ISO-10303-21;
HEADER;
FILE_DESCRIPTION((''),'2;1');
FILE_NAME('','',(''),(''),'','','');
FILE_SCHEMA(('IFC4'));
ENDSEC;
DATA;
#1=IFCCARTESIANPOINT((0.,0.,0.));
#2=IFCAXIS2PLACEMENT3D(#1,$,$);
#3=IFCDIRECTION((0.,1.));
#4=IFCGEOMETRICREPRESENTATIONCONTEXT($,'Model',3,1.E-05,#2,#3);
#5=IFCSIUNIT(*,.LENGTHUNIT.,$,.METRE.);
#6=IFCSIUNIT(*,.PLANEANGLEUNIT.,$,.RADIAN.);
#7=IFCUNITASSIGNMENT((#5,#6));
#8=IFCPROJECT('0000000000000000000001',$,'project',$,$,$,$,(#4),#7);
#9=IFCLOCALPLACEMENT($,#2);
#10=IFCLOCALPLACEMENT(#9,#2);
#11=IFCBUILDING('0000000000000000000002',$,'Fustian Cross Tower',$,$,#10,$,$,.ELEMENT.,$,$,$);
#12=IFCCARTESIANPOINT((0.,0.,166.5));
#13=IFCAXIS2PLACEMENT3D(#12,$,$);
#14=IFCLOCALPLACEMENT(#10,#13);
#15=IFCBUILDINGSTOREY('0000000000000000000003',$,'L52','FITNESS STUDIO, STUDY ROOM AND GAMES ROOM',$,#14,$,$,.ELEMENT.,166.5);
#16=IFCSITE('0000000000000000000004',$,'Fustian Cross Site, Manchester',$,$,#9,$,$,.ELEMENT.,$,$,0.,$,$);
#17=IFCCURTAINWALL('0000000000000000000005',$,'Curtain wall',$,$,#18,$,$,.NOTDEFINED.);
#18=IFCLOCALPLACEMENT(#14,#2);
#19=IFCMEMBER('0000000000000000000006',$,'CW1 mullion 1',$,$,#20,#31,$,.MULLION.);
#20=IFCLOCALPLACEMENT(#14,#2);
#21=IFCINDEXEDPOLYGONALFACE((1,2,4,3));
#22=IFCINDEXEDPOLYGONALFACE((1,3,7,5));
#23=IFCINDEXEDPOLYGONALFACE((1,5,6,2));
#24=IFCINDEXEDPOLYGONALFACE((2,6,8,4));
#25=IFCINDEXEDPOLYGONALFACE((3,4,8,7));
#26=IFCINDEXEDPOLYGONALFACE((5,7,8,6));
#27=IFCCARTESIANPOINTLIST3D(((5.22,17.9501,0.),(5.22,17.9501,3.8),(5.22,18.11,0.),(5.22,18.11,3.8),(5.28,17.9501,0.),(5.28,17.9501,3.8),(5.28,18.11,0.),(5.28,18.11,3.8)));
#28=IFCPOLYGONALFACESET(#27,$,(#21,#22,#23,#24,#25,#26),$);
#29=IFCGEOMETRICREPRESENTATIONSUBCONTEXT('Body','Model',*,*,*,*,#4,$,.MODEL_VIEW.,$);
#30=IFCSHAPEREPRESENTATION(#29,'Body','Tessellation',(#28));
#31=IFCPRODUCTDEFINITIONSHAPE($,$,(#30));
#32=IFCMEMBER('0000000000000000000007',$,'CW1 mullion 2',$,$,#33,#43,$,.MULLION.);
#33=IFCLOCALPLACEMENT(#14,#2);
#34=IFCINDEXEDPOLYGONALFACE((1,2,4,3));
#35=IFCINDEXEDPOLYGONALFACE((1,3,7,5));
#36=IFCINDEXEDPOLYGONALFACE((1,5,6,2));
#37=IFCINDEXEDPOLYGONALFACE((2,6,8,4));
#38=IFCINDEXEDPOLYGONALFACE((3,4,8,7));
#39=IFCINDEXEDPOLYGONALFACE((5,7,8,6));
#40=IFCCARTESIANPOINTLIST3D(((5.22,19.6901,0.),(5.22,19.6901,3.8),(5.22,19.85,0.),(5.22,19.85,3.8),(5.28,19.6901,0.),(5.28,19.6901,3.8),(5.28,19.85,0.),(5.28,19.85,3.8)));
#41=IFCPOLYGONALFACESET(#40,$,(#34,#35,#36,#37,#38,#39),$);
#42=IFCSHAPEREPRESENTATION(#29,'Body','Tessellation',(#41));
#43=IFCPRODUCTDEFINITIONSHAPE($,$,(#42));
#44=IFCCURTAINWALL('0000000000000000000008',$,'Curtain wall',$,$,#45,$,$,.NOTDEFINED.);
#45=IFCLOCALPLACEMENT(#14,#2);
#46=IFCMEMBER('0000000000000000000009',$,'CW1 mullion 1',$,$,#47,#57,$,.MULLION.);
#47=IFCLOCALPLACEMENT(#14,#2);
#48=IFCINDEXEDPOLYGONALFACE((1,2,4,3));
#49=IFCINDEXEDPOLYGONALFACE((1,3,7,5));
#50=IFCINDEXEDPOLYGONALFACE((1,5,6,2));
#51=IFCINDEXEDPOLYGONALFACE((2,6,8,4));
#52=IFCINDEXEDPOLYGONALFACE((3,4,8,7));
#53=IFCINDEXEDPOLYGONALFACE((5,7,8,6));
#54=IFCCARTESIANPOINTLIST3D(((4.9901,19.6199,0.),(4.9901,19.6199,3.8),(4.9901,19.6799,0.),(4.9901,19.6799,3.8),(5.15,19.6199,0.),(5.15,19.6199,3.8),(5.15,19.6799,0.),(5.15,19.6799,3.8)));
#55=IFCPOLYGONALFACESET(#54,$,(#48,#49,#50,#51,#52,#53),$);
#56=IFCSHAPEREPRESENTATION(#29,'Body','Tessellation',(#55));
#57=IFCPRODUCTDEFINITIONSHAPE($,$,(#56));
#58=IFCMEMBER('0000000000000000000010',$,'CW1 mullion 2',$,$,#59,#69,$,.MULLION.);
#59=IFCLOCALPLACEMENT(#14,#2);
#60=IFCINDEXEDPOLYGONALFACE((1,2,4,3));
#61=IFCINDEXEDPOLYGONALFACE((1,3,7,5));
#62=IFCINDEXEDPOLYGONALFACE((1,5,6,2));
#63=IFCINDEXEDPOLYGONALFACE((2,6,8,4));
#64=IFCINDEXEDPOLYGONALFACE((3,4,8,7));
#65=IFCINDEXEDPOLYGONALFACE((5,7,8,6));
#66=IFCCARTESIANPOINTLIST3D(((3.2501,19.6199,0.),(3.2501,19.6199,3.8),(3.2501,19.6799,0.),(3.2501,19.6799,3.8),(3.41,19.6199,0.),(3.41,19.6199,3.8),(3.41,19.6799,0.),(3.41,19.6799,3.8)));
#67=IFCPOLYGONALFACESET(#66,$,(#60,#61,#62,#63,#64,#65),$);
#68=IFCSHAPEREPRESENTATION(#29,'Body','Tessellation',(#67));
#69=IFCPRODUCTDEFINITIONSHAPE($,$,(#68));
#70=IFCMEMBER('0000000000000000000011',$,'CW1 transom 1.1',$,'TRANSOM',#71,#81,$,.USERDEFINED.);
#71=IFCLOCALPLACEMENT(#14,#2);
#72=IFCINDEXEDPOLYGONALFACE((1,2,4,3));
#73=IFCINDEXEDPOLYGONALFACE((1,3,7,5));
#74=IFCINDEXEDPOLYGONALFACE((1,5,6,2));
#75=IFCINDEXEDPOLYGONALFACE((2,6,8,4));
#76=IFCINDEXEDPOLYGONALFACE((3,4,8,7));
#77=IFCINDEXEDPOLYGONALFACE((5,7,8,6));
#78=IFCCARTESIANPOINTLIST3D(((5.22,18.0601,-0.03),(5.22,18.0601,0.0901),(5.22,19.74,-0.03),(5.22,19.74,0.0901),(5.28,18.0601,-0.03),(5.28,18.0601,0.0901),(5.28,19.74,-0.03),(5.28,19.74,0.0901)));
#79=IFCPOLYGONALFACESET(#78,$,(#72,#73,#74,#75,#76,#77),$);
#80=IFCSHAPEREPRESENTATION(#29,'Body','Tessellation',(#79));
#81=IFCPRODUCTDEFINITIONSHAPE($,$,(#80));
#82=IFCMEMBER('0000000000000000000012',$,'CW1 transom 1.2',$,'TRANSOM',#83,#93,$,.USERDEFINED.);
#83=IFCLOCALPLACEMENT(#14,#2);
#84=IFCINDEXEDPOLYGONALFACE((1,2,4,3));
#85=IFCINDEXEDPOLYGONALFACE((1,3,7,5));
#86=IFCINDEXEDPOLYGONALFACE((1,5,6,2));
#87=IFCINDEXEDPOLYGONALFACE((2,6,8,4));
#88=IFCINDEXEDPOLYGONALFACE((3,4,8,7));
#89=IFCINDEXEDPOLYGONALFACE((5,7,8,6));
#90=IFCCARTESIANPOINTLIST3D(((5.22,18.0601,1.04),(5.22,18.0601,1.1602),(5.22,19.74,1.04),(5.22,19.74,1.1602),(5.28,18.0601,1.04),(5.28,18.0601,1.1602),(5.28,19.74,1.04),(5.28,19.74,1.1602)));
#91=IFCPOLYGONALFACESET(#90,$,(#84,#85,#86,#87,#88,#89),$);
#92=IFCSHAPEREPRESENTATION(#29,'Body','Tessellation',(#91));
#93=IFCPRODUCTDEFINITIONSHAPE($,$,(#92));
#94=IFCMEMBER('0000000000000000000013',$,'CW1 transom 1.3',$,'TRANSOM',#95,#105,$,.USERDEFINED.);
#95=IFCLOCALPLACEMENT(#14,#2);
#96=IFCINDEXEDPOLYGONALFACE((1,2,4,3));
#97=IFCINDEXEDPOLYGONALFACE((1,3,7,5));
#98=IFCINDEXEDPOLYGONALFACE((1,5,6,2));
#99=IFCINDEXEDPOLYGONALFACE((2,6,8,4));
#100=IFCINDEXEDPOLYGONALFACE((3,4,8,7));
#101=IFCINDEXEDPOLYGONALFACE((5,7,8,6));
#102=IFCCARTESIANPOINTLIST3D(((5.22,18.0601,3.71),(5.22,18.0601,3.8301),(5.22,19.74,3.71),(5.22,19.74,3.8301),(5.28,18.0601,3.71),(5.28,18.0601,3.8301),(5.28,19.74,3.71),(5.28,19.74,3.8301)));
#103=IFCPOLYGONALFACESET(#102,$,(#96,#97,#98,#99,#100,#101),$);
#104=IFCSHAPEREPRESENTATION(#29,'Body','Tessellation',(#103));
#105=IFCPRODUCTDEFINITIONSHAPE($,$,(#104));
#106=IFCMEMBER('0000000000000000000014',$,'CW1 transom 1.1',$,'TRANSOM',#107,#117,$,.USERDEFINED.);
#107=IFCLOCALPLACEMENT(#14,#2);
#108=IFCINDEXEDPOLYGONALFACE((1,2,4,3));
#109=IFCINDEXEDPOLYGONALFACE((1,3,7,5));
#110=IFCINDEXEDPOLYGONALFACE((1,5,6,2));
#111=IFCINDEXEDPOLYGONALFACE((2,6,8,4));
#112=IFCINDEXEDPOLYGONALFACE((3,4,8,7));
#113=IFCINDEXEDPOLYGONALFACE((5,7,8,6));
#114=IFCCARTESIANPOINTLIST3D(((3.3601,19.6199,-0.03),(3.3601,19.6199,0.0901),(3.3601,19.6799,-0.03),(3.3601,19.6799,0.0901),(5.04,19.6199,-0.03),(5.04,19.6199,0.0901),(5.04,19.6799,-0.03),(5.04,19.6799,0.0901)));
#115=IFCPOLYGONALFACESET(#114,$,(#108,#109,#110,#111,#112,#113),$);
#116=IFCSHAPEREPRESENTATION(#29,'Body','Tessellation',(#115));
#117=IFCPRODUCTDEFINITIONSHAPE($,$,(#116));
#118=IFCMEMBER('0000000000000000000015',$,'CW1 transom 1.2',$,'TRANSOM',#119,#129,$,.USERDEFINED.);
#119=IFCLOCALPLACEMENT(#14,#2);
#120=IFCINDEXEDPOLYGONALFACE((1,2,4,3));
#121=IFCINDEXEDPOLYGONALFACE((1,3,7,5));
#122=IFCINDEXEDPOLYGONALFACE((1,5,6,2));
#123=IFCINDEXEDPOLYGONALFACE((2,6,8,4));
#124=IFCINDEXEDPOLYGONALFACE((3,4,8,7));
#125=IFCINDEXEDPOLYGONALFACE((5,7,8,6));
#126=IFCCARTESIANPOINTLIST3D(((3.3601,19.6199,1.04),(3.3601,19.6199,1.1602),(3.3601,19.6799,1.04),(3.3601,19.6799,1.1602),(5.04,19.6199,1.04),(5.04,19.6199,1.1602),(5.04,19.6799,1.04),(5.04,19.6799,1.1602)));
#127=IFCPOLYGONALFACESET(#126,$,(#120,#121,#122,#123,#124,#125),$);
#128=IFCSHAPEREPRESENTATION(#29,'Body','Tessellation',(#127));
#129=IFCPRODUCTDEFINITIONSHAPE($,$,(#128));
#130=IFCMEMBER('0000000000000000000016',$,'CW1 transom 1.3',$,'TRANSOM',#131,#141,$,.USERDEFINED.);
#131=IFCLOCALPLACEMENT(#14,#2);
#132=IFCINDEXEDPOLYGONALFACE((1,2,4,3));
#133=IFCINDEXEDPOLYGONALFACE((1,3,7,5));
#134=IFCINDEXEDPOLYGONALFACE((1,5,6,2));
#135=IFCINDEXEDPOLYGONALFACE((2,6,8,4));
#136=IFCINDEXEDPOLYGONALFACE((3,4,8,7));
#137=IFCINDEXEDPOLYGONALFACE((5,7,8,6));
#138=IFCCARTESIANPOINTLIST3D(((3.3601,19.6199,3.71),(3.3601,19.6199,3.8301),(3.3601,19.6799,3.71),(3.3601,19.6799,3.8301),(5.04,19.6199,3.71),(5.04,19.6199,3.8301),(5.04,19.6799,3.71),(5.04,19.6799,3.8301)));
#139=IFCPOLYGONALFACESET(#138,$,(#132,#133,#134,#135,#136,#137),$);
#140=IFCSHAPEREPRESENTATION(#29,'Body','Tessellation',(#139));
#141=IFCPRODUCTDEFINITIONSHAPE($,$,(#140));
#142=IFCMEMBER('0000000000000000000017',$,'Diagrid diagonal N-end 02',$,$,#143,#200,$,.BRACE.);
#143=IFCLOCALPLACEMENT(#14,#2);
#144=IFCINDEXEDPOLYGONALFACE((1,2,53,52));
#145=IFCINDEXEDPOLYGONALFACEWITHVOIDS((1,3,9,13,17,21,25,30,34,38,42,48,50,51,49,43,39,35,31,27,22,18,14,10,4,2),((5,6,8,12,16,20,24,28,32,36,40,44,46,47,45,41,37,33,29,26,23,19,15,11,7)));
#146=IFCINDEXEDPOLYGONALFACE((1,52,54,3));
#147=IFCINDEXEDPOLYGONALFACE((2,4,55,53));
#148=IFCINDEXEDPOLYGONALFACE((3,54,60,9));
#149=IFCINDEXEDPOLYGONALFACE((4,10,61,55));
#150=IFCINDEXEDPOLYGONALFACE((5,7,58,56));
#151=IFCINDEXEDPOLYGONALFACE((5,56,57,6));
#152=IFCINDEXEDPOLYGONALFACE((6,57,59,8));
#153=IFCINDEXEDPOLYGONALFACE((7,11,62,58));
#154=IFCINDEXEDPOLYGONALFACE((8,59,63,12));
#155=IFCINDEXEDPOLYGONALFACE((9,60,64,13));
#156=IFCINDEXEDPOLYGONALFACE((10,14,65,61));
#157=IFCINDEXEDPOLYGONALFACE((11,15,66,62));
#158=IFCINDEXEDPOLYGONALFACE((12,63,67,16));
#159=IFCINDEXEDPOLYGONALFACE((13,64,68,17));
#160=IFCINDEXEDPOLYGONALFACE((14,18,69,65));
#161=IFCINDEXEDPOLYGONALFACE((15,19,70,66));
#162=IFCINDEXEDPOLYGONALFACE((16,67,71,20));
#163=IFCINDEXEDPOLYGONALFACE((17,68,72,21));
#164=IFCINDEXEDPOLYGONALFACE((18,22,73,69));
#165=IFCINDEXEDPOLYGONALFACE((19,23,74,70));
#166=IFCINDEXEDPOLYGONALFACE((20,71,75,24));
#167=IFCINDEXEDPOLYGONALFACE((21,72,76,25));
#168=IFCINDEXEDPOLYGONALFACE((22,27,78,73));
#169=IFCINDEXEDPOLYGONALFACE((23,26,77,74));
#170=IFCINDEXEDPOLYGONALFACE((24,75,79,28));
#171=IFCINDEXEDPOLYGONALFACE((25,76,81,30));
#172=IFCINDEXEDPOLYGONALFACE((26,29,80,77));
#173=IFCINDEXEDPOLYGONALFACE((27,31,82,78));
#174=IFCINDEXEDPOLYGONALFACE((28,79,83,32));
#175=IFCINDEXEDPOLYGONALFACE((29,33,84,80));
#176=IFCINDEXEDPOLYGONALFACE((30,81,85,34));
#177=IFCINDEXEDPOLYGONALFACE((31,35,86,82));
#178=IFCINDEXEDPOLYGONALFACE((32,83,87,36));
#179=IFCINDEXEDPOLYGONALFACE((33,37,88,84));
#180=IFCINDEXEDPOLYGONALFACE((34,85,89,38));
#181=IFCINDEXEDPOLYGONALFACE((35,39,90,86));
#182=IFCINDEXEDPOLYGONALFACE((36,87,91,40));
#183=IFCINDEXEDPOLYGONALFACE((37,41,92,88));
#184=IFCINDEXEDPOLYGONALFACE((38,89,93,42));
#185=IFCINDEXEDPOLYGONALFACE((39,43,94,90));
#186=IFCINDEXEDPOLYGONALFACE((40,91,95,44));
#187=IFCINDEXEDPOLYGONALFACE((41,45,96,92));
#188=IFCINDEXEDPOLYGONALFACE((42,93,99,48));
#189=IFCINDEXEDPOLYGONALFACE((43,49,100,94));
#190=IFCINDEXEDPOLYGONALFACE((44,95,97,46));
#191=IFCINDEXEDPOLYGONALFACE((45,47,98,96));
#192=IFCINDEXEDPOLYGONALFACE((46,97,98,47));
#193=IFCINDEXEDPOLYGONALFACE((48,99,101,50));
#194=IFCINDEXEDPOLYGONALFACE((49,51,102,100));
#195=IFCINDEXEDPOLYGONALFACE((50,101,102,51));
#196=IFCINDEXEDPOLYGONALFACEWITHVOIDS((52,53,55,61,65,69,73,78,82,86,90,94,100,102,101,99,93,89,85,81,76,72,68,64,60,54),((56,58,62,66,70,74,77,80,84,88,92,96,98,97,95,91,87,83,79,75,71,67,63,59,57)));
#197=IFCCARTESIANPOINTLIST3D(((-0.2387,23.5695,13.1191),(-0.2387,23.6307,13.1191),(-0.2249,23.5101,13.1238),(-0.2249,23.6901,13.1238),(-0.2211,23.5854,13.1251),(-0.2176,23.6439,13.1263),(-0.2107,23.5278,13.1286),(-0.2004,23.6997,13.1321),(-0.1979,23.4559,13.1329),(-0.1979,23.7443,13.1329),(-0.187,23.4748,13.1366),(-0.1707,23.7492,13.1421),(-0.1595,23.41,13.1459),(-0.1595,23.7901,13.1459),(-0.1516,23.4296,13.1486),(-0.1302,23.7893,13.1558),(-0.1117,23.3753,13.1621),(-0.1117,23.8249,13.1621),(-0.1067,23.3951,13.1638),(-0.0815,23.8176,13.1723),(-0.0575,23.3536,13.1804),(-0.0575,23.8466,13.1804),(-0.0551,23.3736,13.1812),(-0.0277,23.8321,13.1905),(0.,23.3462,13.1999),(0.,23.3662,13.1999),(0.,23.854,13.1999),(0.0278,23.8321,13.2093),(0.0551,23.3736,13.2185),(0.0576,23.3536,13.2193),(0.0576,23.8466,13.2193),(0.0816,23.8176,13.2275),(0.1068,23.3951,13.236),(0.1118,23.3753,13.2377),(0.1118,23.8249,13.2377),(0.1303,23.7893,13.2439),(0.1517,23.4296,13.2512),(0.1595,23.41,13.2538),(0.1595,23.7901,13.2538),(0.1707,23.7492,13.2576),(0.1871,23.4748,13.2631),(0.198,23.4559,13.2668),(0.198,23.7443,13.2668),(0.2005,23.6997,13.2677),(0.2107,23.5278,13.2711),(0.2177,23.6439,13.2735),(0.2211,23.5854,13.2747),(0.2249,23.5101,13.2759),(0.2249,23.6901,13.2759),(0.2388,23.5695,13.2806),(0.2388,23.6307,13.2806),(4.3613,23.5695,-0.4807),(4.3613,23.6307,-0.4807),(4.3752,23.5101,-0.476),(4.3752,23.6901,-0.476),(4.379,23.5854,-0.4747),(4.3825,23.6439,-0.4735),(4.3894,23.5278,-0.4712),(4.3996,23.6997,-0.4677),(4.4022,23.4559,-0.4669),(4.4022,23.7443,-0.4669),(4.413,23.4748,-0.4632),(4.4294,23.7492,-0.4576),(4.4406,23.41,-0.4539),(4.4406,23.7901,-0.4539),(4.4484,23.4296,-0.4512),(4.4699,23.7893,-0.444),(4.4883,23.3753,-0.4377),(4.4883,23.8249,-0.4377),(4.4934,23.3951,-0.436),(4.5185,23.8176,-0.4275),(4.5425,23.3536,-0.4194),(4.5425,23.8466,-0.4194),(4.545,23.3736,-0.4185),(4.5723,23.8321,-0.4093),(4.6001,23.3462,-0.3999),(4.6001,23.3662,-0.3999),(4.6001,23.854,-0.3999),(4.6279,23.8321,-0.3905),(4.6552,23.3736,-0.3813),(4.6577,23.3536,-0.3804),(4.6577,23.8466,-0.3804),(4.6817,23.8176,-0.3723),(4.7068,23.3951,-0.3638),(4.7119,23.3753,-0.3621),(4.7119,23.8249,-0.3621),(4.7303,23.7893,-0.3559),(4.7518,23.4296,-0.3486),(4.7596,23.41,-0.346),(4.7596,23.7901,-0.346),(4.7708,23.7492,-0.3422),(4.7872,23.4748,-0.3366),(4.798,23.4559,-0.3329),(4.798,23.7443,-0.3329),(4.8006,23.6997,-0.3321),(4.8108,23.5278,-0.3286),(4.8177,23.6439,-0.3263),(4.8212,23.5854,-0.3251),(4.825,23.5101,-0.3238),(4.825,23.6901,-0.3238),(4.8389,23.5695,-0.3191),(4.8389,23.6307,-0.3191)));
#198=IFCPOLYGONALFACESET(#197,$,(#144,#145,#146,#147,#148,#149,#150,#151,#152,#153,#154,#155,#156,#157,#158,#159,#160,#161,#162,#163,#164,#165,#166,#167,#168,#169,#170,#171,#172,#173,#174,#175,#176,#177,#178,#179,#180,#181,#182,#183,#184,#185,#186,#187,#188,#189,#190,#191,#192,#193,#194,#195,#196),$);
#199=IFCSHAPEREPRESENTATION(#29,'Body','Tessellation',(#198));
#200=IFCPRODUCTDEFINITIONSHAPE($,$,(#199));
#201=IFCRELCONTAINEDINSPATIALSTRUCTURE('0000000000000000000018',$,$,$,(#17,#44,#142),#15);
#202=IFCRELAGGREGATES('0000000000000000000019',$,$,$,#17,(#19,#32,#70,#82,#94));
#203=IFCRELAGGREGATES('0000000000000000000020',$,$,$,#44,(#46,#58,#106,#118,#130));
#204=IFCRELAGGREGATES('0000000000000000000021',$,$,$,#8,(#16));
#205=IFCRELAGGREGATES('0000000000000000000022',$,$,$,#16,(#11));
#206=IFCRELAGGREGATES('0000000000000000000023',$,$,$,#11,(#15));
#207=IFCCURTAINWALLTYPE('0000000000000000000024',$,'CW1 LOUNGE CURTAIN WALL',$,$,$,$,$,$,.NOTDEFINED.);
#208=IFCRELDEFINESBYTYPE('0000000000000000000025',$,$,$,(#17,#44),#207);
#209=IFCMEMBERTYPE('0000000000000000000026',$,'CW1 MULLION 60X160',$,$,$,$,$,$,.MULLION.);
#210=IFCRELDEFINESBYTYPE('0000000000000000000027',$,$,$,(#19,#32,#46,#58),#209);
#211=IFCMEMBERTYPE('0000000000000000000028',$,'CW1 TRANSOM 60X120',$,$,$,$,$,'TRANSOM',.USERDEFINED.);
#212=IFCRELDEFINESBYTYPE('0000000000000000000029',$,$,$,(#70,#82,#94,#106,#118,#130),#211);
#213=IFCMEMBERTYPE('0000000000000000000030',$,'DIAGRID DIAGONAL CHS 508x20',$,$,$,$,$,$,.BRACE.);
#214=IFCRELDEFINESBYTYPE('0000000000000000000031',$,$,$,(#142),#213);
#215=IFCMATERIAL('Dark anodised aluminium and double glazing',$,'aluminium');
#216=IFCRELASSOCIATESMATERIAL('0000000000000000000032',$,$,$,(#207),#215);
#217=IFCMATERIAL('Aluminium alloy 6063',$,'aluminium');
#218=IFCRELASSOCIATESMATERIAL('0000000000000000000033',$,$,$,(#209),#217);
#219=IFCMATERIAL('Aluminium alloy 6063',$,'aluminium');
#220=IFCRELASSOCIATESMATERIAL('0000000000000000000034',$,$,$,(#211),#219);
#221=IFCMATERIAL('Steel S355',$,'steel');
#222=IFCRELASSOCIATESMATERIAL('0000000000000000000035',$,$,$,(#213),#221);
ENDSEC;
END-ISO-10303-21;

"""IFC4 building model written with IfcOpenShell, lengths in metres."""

from ifc_helpers import new_model, si_unit, direction, frame, origin, origin_2d, place, context, subcontext, project, spatial, rectangle, hollow_circle, extrude, material, material_profile, profile_set, type_object, element, aggregate, save


model = new_model("IFC4")

# Units and contexts
model_context = context("Model", 3, precision=1e-05, world=origin(), true_north=direction((0.0, 1.0)))
body_context = subcontext(model_context, "Body", "Model", "MODEL_VIEW")
ifc_project = project(units=[si_unit("LENGTHUNIT", "METRE"), si_unit("PLANEANGLEUNIT", "RADIAN")], contexts=[model_context])

# Site, building, storey
site_placement = place(None, origin())
site = spatial("IfcSite", under=ifc_project, at=site_placement, Name="Fustian Cross Site, Manchester", CompositionType="ELEMENT", RefElevation=0.0)
building_placement = place(site_placement, origin())
building = spatial("IfcBuilding", under=site, at=building_placement, Name="Fustian Cross Tower", CompositionType="ELEMENT")
storey_placement = place(building_placement, frame((0.0, 0.0, 166.5)))
storey = spatial("IfcBuildingStorey", under=building, at=storey_placement, Name="L52", Description="FITNESS STUDIO, STUDY ROOM AND GAMES ROOM", CompositionType="ELEMENT", Elevation=166.5)

# Curtain walls, members
ifc_material_1 = material(Name="Dark anodised aluminium and double glazing", Category="aluminium")
curtain_wall_type = type_object("IfcCurtainWallType", Name="CW1 LOUNGE CURTAIN WALL", PredefinedType="NOTDEFINED", material=ifc_material_1)
curtain_wall_1_placement = place(storey_placement, origin())
curtain_wall_1 = element("IfcCurtainWall", 1, at=curtain_wall_1_placement, inside=storey, type_object=curtain_wall_type, Name="Curtain wall", PredefinedType="NOTDEFINED")
ifc_material_2 = material(Name="Aluminium alloy 6063", Category="aluminium")
ifc_material_profile_1 = material_profile(ifc_material_2, rectangle(XDim=0.0601, YDim=0.1599, at=origin_2d()), Name="CW1 MULLION 60X160")
ifc_profile_set_1 = profile_set([ifc_material_profile_1], Name="Aluminium alloy 6063")
member_type_1 = type_object("IfcMemberType", Name="CW1 MULLION 60X160", PredefinedType="MULLION", material=ifc_profile_set_1)
member_1_placement = place(storey_placement, frame((5.25, 18.03, 0.0), z_axis=(0.0, 0.0, 1.0), x_axis=(-1.0, 0.0, 0.0)))
member_1 = element("IfcMember", 2, at=member_1_placement, type_object=member_type_1, Name="CW1 mullion 1", PredefinedType="MULLION", context=body_context, shape_type="SweptSolid", body=[
    extrude(rectangle(XDim=0.0601, YDim=0.1599, at=origin_2d()), origin(), (0.0, 0.0, 1.0), 3.8),
])
member_2_placement = place(storey_placement, frame((5.25, 19.77, 0.0), z_axis=(0.0, 0.0, 1.0), x_axis=(-1.0, 0.0, 0.0)))
member_2 = element("IfcMember", 3, at=member_2_placement, type_object=member_type_1, Name="CW1 mullion 2", PredefinedType="MULLION", context=body_context, shape_type="SweptSolid", body=[
    extrude(rectangle(XDim=0.0601, YDim=0.1599, at=origin_2d()), origin(), (0.0, 0.0, 1.0), 3.8),
])
curtain_wall_2_placement = place(storey_placement, origin())
curtain_wall_2 = element("IfcCurtainWall", 4, at=curtain_wall_2_placement, inside=storey, type_object=curtain_wall_type, Name="Curtain wall", PredefinedType="NOTDEFINED")
member_3_placement = place(storey_placement, frame((5.0701, 19.6499, 0.0), z_axis=(0.0, 0.0, 1.0), x_axis=(0.0, -1.0, 0.0)))
member_3 = element("IfcMember", 5, at=member_3_placement, type_object=member_type_1, Name="CW1 mullion 1", PredefinedType="MULLION", context=body_context, shape_type="SweptSolid", body=[
    extrude(rectangle(XDim=0.0601, YDim=0.1599, at=origin_2d()), origin(), (0.0, 0.0, 1.0), 3.8),
])
member_4_placement = place(storey_placement, frame((3.3301, 19.6499, 0.0), z_axis=(0.0, 0.0, 1.0), x_axis=(0.0, -1.0, 0.0)))
member_4 = element("IfcMember", 6, at=member_4_placement, type_object=member_type_1, Name="CW1 mullion 2", PredefinedType="MULLION", context=body_context, shape_type="SweptSolid", body=[
    extrude(rectangle(XDim=0.0601, YDim=0.1599, at=origin_2d()), origin(), (0.0, 0.0, 1.0), 3.8),
])

# Members
ifc_material_3 = material(Name="Aluminium alloy 6063", Category="aluminium")
ifc_material_profile_2 = material_profile(ifc_material_3, rectangle(XDim=0.0601, YDim=0.1201, at=origin_2d()), Name="CW1 TRANSOM 60X120")
ifc_profile_set_2 = profile_set([ifc_material_profile_2], Name="Aluminium alloy 6063")
member_type_2 = type_object("IfcMemberType", Name="CW1 TRANSOM 60X120", ElementType="TRANSOM", PredefinedType="USERDEFINED", material=ifc_profile_set_2)
member_5_placement = place(storey_placement, frame((5.25, 18.0601, 0.03), z_axis=(0.0, 1.0, 0.0), x_axis=(-1.0, 0.0, 0.0)))
member_5 = element("IfcMember", 7, at=member_5_placement, type_object=member_type_2, Name="CW1 transom 1.1", ObjectType="TRANSOM", PredefinedType="USERDEFINED", context=body_context, shape_type="SweptSolid", body=[
    extrude(rectangle(XDim=0.0601, YDim=0.1201, at=origin_2d()), origin(), (0.0, 0.0, 1.0), 1.6799),
])
member_6_placement = place(storey_placement, frame((5.25, 18.0601, 1.1001), z_axis=(0.0, 1.0, 0.0), x_axis=(-1.0, 0.0, 0.0)))
member_6 = element("IfcMember", 8, at=member_6_placement, type_object=member_type_2, Name="CW1 transom 1.2", ObjectType="TRANSOM", PredefinedType="USERDEFINED", context=body_context, shape_type="SweptSolid", body=[
    extrude(rectangle(XDim=0.0601, YDim=0.1201, at=origin_2d()), origin(), (0.0, 0.0, 1.0), 1.6799),
])
member_7_placement = place(storey_placement, frame((5.25, 18.0601, 3.77), z_axis=(0.0, 1.0, 0.0), x_axis=(-1.0, 0.0, 0.0)))
member_7 = element("IfcMember", 9, at=member_7_placement, type_object=member_type_2, Name="CW1 transom 1.3", ObjectType="TRANSOM", PredefinedType="USERDEFINED", context=body_context, shape_type="SweptSolid", body=[
    extrude(rectangle(XDim=0.0601, YDim=0.1201, at=origin_2d()), origin(), (0.0, 0.0, 1.0), 1.6799),
])
member_8_placement = place(storey_placement, frame((5.04, 19.6499, 0.03), z_axis=(-1.0, 0.0, 0.0), x_axis=(0.0, -1.0, 0.0)))
member_8 = element("IfcMember", 10, at=member_8_placement, type_object=member_type_2, Name="CW1 transom 1.1", ObjectType="TRANSOM", PredefinedType="USERDEFINED", context=body_context, shape_type="SweptSolid", body=[
    extrude(rectangle(XDim=0.0601, YDim=0.1201, at=origin_2d()), origin(), (0.0, 0.0, 1.0), 1.6799),
])
member_9_placement = place(storey_placement, frame((5.04, 19.6499, 1.1001), z_axis=(-1.0, 0.0, 0.0), x_axis=(0.0, -1.0, 0.0)))
member_9 = element("IfcMember", 11, at=member_9_placement, type_object=member_type_2, Name="CW1 transom 1.2", ObjectType="TRANSOM", PredefinedType="USERDEFINED", context=body_context, shape_type="SweptSolid", body=[
    extrude(rectangle(XDim=0.0601, YDim=0.1201, at=origin_2d()), origin(), (0.0, 0.0, 1.0), 1.6799),
])
member_10_placement = place(storey_placement, frame((5.04, 19.6499, 3.77), z_axis=(-1.0, 0.0, 0.0), x_axis=(0.0, -1.0, 0.0)))
member_10 = element("IfcMember", 12, at=member_10_placement, type_object=member_type_2, Name="CW1 transom 1.3", ObjectType="TRANSOM", PredefinedType="USERDEFINED", context=body_context, shape_type="SweptSolid", body=[
    extrude(rectangle(XDim=0.0601, YDim=0.1201, at=origin_2d()), origin(), (0.0, 0.0, 1.0), 1.6799),
])

# Member
ifc_material_4 = material(Name="Steel S355", Category="steel")
ifc_material_profile_3 = material_profile(ifc_material_4, hollow_circle(Radius=0.2539, WallThickness=0.02, at=origin_2d()), Name="CHS 508x20")
ifc_profile_set_3 = profile_set([ifc_material_profile_3], Name="Steel S355")
member_type_3 = type_object("IfcMemberType", Name="DIAGRID DIAGONAL CHS 508x20", PredefinedType="BRACE", material=ifc_profile_set_3)
member_11_placement = place(storey_placement, frame((4.6001, 23.6001, -0.3999), z_axis=(-0.320413, 0.0, 0.947278), x_axis=(0.0, -1.0, 0.0)))
element("IfcMember", 13, at=member_11_placement, inside=storey, type_object=member_type_3, Name="Diagrid diagonal N-end 02", PredefinedType="BRACE", context=body_context, shape_type="SweptSolid", body=[
    extrude(hollow_circle(Radius=0.2539, WallThickness=0.02, at=origin_2d()), origin(), (0.0, 0.0, 1.0), 14.3567),
])

aggregate(curtain_wall_1, [member_1, member_2, member_5, member_6, member_7])
aggregate(curtain_wall_2, [member_3, member_4, member_8, member_9, member_10])

save(model, "model.ifc")
